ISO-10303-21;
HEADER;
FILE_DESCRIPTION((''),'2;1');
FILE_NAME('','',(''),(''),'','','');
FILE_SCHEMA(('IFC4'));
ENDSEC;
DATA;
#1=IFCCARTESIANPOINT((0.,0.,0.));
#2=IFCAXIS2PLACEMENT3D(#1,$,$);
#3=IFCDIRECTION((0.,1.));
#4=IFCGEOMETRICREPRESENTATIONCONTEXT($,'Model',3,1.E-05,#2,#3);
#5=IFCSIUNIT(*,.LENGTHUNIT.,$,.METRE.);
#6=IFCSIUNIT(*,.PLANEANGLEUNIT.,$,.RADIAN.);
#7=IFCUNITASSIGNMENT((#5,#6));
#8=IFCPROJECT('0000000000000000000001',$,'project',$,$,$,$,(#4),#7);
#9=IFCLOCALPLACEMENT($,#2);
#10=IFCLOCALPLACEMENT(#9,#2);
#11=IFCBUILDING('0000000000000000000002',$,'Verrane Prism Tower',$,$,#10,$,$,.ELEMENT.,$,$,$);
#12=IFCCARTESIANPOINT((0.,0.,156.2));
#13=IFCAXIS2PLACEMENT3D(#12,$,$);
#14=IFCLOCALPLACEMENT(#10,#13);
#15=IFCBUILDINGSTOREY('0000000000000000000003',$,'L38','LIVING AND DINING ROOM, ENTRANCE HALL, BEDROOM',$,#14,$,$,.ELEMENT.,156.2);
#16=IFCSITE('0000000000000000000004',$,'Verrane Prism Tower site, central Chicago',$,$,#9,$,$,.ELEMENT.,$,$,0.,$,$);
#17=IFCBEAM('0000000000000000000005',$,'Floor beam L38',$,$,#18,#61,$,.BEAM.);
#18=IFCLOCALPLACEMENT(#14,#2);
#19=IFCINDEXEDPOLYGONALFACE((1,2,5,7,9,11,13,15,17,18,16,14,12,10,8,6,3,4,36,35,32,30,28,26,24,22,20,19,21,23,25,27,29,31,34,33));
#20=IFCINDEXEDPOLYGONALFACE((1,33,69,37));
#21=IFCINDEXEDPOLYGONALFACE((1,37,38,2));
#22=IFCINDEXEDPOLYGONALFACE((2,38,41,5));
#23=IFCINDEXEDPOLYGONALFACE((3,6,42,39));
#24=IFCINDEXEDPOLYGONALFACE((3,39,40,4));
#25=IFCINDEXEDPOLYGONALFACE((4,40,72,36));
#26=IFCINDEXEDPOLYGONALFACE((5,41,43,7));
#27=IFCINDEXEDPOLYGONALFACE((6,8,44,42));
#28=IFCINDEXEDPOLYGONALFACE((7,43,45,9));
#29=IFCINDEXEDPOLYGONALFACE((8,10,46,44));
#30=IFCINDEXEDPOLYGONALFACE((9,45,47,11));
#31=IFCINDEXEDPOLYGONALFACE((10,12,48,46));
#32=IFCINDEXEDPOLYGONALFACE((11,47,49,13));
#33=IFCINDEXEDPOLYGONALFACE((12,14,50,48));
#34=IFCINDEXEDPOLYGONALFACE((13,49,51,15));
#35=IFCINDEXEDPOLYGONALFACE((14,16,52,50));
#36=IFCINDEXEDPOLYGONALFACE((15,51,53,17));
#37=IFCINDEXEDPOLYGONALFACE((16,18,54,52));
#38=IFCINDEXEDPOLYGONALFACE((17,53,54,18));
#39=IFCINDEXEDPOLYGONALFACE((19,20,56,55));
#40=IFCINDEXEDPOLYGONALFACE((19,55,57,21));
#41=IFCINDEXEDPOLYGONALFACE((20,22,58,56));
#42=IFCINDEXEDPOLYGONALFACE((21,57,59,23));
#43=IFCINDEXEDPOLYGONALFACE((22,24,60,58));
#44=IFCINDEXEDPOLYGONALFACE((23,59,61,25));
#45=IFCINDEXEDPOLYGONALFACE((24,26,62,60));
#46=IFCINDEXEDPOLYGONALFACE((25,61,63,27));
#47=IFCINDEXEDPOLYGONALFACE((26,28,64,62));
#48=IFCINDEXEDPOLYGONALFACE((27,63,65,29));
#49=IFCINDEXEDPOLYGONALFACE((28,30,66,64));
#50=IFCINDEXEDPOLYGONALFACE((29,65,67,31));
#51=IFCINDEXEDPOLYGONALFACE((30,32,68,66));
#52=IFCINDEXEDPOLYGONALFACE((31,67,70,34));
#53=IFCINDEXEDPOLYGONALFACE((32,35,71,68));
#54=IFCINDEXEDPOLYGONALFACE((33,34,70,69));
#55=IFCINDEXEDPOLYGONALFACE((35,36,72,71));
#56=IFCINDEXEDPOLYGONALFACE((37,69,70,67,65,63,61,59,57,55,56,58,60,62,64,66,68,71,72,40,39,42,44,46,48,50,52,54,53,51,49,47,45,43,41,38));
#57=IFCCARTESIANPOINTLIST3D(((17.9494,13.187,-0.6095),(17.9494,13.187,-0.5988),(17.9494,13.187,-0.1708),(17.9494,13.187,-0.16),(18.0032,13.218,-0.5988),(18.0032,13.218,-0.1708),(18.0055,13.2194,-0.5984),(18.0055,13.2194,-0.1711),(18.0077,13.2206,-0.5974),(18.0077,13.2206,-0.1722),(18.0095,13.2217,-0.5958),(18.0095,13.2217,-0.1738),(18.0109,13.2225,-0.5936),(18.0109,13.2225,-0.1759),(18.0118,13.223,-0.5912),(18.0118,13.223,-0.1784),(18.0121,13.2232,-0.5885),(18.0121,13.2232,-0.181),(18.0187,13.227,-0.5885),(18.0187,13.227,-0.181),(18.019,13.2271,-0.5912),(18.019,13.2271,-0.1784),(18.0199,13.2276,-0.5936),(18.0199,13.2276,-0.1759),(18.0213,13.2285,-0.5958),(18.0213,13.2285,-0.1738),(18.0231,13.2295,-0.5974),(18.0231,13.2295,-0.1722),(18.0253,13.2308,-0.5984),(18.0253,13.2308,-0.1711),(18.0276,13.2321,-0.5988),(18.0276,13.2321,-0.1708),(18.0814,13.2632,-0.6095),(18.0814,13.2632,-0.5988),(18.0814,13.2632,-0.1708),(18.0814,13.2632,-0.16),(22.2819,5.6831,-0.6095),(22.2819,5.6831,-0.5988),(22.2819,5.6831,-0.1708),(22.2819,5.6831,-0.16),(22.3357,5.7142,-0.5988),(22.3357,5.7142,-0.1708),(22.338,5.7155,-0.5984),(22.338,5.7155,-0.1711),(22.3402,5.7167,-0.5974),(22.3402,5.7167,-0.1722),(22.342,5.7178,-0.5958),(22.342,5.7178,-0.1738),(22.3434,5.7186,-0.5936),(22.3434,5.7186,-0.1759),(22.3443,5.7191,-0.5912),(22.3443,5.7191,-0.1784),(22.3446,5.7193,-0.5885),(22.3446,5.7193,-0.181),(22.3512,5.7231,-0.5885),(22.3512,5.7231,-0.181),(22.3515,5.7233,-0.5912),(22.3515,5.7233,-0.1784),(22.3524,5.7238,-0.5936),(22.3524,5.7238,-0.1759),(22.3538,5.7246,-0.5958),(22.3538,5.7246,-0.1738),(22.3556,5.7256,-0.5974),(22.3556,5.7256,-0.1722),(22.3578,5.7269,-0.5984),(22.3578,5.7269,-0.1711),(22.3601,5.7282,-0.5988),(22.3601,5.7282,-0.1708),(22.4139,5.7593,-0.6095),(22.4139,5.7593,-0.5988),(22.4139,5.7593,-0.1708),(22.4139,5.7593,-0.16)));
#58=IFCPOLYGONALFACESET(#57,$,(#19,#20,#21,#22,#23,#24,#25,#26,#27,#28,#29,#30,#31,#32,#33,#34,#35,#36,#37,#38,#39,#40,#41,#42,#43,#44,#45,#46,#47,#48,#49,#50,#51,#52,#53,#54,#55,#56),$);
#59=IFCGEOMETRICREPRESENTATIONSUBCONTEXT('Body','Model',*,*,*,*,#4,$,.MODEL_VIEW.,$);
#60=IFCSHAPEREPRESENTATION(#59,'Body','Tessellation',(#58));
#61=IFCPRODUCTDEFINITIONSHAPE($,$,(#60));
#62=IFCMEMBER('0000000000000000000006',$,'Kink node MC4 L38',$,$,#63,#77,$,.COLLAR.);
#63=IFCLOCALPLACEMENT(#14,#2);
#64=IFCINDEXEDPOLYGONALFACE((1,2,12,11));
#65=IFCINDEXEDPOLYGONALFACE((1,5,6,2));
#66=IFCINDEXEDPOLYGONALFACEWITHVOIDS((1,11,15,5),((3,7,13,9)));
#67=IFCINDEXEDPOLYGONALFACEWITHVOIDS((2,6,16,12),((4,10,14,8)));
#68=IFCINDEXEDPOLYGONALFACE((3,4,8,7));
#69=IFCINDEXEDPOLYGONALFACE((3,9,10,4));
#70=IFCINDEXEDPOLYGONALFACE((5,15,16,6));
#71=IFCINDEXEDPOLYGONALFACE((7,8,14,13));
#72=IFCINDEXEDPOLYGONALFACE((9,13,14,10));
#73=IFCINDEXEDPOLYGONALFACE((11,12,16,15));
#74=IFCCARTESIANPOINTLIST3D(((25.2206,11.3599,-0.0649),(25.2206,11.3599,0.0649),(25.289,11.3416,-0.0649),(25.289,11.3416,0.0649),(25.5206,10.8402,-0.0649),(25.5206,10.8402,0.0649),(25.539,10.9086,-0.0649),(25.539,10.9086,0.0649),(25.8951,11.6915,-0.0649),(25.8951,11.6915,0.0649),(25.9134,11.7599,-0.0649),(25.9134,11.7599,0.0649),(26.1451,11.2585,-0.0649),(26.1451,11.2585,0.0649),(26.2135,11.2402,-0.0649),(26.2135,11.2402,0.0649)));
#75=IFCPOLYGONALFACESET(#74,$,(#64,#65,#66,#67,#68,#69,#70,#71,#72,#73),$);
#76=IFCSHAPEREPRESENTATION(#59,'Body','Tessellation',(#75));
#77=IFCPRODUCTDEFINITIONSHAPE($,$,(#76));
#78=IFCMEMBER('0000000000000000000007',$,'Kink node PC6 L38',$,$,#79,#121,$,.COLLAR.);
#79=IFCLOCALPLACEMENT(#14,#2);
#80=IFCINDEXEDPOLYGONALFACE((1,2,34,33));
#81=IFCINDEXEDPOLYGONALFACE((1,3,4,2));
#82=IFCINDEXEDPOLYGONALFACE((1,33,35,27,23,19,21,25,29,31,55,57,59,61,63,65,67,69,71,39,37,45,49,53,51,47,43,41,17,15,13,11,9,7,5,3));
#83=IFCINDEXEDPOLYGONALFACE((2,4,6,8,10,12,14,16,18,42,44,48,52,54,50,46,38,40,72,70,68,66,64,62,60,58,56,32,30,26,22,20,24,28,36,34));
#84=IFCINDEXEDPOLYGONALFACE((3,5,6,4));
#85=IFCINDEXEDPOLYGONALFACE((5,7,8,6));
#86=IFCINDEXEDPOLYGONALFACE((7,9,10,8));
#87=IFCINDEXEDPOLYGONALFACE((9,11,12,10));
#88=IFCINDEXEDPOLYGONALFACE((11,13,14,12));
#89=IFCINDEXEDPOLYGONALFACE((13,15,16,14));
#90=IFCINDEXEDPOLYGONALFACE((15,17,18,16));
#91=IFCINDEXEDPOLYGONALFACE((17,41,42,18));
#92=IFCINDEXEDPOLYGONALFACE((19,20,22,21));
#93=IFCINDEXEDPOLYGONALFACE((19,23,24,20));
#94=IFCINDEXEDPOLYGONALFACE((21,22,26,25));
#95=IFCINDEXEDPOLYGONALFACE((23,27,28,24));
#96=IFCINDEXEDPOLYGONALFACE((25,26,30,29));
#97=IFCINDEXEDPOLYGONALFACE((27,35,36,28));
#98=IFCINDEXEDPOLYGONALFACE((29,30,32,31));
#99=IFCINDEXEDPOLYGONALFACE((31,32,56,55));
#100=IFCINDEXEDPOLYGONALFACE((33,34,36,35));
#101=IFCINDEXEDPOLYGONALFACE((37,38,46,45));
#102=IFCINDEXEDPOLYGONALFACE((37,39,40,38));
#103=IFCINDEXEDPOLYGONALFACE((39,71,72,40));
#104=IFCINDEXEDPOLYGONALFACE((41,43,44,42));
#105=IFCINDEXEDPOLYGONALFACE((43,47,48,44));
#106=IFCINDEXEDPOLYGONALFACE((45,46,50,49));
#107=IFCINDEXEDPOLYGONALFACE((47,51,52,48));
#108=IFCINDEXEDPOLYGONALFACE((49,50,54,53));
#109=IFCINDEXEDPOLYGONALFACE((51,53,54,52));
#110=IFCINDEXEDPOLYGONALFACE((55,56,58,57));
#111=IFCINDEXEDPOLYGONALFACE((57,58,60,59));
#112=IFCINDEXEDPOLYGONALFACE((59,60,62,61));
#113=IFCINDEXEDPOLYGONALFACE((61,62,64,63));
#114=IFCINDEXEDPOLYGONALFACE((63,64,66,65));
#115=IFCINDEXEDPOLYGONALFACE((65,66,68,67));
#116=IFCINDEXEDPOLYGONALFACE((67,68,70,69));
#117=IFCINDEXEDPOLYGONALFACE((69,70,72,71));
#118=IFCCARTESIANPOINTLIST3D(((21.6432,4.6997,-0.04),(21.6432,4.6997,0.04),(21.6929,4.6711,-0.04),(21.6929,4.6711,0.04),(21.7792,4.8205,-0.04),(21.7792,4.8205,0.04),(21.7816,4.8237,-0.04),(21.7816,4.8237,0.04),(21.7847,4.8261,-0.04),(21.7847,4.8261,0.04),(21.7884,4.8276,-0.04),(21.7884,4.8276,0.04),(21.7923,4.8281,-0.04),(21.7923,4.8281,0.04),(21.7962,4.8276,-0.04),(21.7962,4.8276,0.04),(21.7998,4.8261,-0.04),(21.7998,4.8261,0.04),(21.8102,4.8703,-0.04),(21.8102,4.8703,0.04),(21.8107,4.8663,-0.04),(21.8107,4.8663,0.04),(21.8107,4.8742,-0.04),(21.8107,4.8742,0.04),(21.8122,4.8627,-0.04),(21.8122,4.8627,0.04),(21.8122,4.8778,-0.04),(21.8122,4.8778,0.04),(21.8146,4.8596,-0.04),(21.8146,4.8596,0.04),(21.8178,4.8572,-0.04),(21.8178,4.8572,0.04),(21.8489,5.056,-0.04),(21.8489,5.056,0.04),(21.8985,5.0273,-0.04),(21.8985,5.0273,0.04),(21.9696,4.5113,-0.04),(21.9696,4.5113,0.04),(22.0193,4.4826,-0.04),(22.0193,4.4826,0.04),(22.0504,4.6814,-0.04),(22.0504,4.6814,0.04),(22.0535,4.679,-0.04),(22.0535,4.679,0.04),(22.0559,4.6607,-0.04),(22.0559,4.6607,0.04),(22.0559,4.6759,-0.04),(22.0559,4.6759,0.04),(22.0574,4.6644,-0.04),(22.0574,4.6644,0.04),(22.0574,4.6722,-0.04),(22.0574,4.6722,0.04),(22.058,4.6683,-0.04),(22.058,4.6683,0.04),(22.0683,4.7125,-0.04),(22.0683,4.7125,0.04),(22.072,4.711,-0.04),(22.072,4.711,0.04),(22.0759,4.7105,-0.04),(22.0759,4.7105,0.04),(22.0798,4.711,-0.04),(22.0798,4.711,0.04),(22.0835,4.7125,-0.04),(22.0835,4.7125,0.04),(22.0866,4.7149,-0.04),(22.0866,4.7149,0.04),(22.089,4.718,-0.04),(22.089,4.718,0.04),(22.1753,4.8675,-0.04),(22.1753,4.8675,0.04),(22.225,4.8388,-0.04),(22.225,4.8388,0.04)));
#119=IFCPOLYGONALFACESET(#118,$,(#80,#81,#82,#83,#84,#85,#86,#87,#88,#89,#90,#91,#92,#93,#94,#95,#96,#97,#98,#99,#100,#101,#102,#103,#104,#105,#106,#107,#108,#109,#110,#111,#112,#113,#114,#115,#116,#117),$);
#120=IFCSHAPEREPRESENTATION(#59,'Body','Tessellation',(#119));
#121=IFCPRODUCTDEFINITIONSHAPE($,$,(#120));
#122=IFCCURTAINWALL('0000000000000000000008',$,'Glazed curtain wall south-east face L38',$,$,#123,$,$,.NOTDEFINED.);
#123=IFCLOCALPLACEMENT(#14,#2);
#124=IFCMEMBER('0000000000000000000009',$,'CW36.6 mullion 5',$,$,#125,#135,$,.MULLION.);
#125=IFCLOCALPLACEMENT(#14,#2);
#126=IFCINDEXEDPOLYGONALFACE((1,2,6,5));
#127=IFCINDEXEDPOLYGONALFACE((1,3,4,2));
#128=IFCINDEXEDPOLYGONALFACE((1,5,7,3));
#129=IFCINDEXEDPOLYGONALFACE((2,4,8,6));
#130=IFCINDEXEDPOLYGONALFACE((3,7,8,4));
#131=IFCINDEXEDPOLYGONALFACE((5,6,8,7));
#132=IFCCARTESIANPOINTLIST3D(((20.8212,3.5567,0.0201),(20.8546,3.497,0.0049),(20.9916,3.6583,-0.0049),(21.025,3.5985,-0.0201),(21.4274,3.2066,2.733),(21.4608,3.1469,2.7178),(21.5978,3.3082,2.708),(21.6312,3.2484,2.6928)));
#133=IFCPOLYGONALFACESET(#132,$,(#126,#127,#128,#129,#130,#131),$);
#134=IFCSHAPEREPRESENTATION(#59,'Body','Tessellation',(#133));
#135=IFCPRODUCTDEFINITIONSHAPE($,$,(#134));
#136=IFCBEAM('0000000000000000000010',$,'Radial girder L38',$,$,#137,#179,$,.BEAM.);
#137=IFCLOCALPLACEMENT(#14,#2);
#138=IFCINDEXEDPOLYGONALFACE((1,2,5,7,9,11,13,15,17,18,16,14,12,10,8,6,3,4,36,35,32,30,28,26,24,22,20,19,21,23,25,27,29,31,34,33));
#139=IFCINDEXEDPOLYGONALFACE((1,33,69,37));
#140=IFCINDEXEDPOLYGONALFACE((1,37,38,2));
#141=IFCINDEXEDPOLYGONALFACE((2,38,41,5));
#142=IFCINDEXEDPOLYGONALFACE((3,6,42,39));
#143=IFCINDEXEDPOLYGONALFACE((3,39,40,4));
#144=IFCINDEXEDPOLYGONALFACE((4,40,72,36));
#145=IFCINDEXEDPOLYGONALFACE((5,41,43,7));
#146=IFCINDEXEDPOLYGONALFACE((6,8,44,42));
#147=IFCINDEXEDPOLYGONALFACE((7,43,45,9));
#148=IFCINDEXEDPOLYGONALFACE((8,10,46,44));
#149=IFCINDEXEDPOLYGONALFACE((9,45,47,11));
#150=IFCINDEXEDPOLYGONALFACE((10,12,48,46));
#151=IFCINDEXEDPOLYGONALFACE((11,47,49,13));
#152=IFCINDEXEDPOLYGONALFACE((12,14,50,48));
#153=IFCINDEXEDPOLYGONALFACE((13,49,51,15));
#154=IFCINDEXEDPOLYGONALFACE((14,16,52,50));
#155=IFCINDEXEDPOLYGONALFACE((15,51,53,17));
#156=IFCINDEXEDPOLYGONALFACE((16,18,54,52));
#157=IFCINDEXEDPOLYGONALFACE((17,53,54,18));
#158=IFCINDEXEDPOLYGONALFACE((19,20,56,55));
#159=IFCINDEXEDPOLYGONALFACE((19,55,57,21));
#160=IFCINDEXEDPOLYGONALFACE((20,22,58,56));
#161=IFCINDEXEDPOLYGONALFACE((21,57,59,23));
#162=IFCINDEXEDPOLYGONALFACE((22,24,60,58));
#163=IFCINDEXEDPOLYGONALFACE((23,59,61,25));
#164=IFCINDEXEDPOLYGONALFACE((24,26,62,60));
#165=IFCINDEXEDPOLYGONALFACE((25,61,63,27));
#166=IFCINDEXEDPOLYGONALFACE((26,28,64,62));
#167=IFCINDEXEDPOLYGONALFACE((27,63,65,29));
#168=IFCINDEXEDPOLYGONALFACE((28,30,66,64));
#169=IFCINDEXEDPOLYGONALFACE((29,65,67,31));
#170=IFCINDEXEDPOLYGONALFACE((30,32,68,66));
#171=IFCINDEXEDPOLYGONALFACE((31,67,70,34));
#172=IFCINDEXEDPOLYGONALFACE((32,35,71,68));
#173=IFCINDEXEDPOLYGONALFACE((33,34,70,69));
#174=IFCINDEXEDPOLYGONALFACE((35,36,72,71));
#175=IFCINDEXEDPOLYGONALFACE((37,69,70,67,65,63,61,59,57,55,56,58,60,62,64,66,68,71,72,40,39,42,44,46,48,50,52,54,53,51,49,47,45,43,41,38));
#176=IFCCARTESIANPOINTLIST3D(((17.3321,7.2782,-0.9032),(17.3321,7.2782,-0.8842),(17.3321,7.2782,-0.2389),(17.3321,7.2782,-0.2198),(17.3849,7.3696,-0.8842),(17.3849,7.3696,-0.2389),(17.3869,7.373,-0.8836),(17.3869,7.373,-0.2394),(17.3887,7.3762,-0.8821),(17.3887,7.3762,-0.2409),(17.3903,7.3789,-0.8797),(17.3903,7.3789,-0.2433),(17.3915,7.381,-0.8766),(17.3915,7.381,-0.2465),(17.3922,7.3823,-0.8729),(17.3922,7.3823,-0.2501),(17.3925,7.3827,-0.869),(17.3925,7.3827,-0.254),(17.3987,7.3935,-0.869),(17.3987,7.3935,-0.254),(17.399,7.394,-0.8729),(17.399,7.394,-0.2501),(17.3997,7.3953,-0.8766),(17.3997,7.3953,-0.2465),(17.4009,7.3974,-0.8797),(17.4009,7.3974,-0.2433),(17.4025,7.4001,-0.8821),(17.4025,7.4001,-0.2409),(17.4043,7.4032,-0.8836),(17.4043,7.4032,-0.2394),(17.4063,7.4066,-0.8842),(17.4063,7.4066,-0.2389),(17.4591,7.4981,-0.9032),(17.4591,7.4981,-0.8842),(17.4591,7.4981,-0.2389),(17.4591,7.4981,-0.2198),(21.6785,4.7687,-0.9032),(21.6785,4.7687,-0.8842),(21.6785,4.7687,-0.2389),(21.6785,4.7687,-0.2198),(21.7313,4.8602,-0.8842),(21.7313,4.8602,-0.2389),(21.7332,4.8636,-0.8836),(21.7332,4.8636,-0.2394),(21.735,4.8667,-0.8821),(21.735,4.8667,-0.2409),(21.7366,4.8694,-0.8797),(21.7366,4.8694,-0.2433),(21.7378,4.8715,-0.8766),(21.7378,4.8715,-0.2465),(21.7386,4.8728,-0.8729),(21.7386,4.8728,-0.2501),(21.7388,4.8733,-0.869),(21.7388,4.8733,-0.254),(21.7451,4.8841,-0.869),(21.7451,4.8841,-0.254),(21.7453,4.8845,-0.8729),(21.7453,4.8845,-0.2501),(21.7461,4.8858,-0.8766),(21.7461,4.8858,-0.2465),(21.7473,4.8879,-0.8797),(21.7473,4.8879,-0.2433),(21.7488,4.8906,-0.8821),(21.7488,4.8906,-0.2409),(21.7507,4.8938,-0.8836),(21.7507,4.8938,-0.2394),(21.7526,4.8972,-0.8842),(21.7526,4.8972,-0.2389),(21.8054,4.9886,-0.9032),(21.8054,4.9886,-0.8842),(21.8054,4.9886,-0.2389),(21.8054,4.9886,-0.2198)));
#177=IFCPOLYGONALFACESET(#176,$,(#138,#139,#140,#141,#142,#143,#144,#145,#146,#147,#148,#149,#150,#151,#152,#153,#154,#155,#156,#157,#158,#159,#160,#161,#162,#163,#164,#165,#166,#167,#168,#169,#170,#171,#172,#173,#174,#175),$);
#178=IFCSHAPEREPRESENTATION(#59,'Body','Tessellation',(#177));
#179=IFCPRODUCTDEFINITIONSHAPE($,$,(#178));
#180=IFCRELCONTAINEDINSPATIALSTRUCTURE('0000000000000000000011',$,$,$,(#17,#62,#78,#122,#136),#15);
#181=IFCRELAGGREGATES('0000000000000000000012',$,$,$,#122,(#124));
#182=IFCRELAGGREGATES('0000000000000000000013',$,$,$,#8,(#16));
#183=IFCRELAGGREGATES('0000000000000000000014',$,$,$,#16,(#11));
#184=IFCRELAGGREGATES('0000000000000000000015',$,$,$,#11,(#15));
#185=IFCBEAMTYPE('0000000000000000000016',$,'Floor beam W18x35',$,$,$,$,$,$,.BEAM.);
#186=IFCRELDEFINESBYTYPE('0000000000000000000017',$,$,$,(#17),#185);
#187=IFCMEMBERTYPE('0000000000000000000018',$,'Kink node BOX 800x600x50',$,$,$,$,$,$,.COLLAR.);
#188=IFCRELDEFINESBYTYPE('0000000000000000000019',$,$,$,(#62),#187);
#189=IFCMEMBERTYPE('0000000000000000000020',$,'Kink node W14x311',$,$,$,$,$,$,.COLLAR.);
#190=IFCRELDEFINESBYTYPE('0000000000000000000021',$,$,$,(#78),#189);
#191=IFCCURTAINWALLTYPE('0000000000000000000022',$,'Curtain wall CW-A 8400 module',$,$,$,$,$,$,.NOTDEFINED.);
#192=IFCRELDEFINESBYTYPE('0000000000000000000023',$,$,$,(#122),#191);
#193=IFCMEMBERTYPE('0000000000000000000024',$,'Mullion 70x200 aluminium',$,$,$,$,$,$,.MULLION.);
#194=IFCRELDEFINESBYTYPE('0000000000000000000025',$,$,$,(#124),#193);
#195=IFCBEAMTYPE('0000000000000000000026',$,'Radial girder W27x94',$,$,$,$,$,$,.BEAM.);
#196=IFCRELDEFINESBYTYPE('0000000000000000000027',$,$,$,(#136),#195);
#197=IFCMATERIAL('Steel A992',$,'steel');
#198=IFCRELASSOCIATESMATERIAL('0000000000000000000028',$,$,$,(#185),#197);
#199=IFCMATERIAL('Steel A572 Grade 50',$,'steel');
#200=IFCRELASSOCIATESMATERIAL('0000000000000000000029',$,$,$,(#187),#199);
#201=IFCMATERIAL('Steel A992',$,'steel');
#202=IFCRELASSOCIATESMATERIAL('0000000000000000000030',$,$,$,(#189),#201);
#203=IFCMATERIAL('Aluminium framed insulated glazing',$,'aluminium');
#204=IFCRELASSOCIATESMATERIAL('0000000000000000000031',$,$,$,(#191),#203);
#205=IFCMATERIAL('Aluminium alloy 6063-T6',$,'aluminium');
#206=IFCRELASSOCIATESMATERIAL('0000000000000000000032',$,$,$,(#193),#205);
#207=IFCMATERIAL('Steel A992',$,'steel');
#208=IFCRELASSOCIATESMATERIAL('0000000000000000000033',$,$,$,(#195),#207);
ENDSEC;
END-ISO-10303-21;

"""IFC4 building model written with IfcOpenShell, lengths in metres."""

from ifc_helpers import new_model, si_unit, direction, frame, origin, origin_2d, place, context, subcontext, project, spatial, rectangle, hollow_rectangle, i_section, extrude, material, material_profile, profile_set, type_object, element, aggregate, save


model = new_model("IFC4")

# Units and contexts
model_context = context("Model", 3, precision=1e-05, world=origin(), true_north=direction((0.0, 1.0)))
body_context = subcontext(model_context, "Body", "Model", "MODEL_VIEW")
ifc_project = project(units=[si_unit("LENGTHUNIT", "METRE"), si_unit("PLANEANGLEUNIT", "RADIAN")], contexts=[model_context])

# Site, building, storey
site_placement = place(None, origin())
site = spatial("IfcSite", under=ifc_project, at=site_placement, Name="Verrane Prism Tower site, central Chicago", CompositionType="ELEMENT", RefElevation=0.0)
building_placement = place(site_placement, origin())
building = spatial("IfcBuilding", under=site, at=building_placement, Name="Verrane Prism Tower", CompositionType="ELEMENT")
storey_placement = place(building_placement, frame((0.0, 0.0, 156.2)))
storey = spatial("IfcBuildingStorey", under=building, at=storey_placement, Name="L38", Description="LIVING AND DINING ROOM, ENTRANCE HALL, BEDROOM", CompositionType="ELEMENT", Elevation=156.2)

# Beam
ifc_material_1 = material(Name="Steel A992", Category="steel")
ifc_material_profile_1 = material_profile(ifc_material_1, i_section(OverallWidth=0.1523, OverallDepth=0.4495, WebThickness=0.0076, FlangeThickness=0.0107, FilletRadius=0.0103, at=origin_2d()), Name="W18x35")
ifc_profile_set_1 = profile_set([ifc_material_profile_1], Name="Steel A992")
beam_type_1 = type_object("IfcBeamType", Name="Floor beam W18x35", PredefinedType="BEAM", material=ifc_profile_set_1)
beam_1_placement = place(storey_placement, frame((22.3479, 5.7212, -0.3848), z_axis=(-0.500012, 0.866019, 0.0), x_axis=(-0.866019, -0.500012, 0.0)))
element("IfcBeam", 1, at=beam_1_placement, inside=storey, type_object=beam_type_1, Name="Floor beam L38", PredefinedType="BEAM", context=body_context, shape_type="SweptSolid", body=[
    extrude(i_section(OverallWidth=0.1523, OverallDepth=0.4495, WebThickness=0.0076, FlangeThickness=0.0107, FilletRadius=0.0103, at=origin_2d()), origin(), (0.0, 0.0, 1.0), 8.6648),
])

# Members
ifc_material_2 = material(Name="Steel A572 Grade 50", Category="steel")
ifc_material_profile_2 = material_profile(ifc_material_2, hollow_rectangle(XDim=0.6001, YDim=0.8, WallThickness=0.05, at=origin_2d()), Name="BOX 800x600x50")
ifc_profile_set_2 = profile_set([ifc_material_profile_2], Name="Steel A572 Grade 50")
member_type_1 = type_object("IfcMemberType", Name="Kink node BOX 800x600x50", PredefinedType="COLLAR", material=ifc_profile_set_2)
member_1_placement = place(storey_placement, frame((25.717, 11.3, -0.0649), z_axis=(0.0, 0.0, 1.0), x_axis=(0.5, -0.866025, 0.0)))
element("IfcMember", 2, at=member_1_placement, inside=storey, type_object=member_type_1, Name="Kink node MC4 L38", PredefinedType="COLLAR", context=body_context, shape_type="SweptSolid", body=[
    extrude(hollow_rectangle(XDim=0.6001, YDim=0.8, WallThickness=0.05, at=origin_2d()), origin(), (0.0, 0.0, 1.0), 0.1299),
])
ifc_material_3 = material(Name="Steel A992", Category="steel")
ifc_material_profile_3 = material_profile(ifc_material_3, i_section(OverallWidth=0.4114, OverallDepth=0.4343, WebThickness=0.0359, FlangeThickness=0.0574, FilletRadius=0.0151, at=origin_2d()), Name="W14x311")
ifc_profile_set_3 = profile_set([ifc_material_profile_3], Name="Steel A992")
member_type_2 = type_object("IfcMemberType", Name="Kink node W14x311", PredefinedType="COLLAR", material=ifc_profile_set_3)
member_2_placement = place(storey_placement, frame((21.9341, 4.7693, -0.04), z_axis=(0.0, 0.0, 1.0), x_axis=(-0.5, -0.866025, 0.0)))
element("IfcMember", 3, at=member_2_placement, inside=storey, type_object=member_type_2, Name="Kink node PC6 L38", PredefinedType="COLLAR", context=body_context, shape_type="SweptSolid", body=[
    extrude(i_section(OverallWidth=0.4114, OverallDepth=0.4343, WebThickness=0.0359, FlangeThickness=0.0574, FilletRadius=0.0151, at=origin_2d()), origin(), (0.0, 0.0, 1.0), 0.0801),
])

# Curtain wall, member
ifc_material_4 = material(Name="Aluminium framed insulated glazing", Category="aluminium")
curtain_wall_type = type_object("IfcCurtainWallType", Name="Curtain wall CW-A 8400 module", PredefinedType="NOTDEFINED", material=ifc_material_4)
curtain_wall_placement = place(storey_placement, origin())
curtain_wall = element("IfcCurtainWall", 4, at=curtain_wall_placement, inside=storey, type_object=curtain_wall_type, Name="Glazed curtain wall south-east face L38", PredefinedType="NOTDEFINED")
ifc_material_5 = material(Name="Aluminium alloy 6063-T6", Category="aluminium")
ifc_material_profile_4 = material_profile(ifc_material_5, rectangle(XDim=0.2, YDim=0.0701, at=origin_2d()), Name="Mullion 70x200 aluminium")
ifc_profile_set_4 = profile_set([ifc_material_profile_4], Name="Aluminium alloy 6063-T6")
member_type_3 = type_object("IfcMemberType", Name="Mullion 70x200 aluminium", PredefinedType="MULLION", material=ifc_profile_set_4)
member_3_placement = place(storey_placement, frame((20.9231, 3.5776, 0.0), z_axis=(0.216365, -0.124957, 0.968283), x_axis=(-0.852359, -0.507816, 0.124928)))
member_3 = element("IfcMember", 5, at=member_3_placement, type_object=member_type_3, Name="CW36.6 mullion 5", PredefinedType="MULLION", context=body_context, shape_type="SweptSolid", body=[
    extrude(rectangle(XDim=0.2, YDim=0.0701, at=origin_2d()), origin(), (0.0, 0.0, 1.0), 2.8018),
])

# Beam
ifc_material_6 = material(Name="Steel A992", Category="steel")
ifc_material_profile_5 = material_profile(ifc_material_6, i_section(OverallWidth=0.2539, OverallDepth=0.6833, WebThickness=0.0125, FlangeThickness=0.019, FilletRadius=0.0151, at=origin_2d()), Name="W27x94")
ifc_profile_set_5 = profile_set([ifc_material_profile_5], Name="Steel A992")
beam_type_2 = type_object("IfcBeamType", Name="Radial girder W27x94", PredefinedType="BEAM", material=ifc_profile_set_5)
beam_2_placement = place(storey_placement, frame((21.7419, 4.8787, -0.5615), z_axis=(-0.866016, 0.500016, 0.0), x_axis=(-0.500016, -0.866016, 0.0)))
element("IfcBeam", 6, at=beam_2_placement, inside=storey, type_object=beam_type_2, Name="Radial girder L38", PredefinedType="BEAM", context=body_context, shape_type="SweptSolid", body=[
    extrude(i_section(OverallWidth=0.2539, OverallDepth=0.6833, WebThickness=0.0125, FlangeThickness=0.019, FilletRadius=0.0151, at=origin_2d()), origin(), (0.0, 0.0, 1.0), 5.0188),
])

aggregate(curtain_wall, [member_3])

save(model, "model.ifc")
